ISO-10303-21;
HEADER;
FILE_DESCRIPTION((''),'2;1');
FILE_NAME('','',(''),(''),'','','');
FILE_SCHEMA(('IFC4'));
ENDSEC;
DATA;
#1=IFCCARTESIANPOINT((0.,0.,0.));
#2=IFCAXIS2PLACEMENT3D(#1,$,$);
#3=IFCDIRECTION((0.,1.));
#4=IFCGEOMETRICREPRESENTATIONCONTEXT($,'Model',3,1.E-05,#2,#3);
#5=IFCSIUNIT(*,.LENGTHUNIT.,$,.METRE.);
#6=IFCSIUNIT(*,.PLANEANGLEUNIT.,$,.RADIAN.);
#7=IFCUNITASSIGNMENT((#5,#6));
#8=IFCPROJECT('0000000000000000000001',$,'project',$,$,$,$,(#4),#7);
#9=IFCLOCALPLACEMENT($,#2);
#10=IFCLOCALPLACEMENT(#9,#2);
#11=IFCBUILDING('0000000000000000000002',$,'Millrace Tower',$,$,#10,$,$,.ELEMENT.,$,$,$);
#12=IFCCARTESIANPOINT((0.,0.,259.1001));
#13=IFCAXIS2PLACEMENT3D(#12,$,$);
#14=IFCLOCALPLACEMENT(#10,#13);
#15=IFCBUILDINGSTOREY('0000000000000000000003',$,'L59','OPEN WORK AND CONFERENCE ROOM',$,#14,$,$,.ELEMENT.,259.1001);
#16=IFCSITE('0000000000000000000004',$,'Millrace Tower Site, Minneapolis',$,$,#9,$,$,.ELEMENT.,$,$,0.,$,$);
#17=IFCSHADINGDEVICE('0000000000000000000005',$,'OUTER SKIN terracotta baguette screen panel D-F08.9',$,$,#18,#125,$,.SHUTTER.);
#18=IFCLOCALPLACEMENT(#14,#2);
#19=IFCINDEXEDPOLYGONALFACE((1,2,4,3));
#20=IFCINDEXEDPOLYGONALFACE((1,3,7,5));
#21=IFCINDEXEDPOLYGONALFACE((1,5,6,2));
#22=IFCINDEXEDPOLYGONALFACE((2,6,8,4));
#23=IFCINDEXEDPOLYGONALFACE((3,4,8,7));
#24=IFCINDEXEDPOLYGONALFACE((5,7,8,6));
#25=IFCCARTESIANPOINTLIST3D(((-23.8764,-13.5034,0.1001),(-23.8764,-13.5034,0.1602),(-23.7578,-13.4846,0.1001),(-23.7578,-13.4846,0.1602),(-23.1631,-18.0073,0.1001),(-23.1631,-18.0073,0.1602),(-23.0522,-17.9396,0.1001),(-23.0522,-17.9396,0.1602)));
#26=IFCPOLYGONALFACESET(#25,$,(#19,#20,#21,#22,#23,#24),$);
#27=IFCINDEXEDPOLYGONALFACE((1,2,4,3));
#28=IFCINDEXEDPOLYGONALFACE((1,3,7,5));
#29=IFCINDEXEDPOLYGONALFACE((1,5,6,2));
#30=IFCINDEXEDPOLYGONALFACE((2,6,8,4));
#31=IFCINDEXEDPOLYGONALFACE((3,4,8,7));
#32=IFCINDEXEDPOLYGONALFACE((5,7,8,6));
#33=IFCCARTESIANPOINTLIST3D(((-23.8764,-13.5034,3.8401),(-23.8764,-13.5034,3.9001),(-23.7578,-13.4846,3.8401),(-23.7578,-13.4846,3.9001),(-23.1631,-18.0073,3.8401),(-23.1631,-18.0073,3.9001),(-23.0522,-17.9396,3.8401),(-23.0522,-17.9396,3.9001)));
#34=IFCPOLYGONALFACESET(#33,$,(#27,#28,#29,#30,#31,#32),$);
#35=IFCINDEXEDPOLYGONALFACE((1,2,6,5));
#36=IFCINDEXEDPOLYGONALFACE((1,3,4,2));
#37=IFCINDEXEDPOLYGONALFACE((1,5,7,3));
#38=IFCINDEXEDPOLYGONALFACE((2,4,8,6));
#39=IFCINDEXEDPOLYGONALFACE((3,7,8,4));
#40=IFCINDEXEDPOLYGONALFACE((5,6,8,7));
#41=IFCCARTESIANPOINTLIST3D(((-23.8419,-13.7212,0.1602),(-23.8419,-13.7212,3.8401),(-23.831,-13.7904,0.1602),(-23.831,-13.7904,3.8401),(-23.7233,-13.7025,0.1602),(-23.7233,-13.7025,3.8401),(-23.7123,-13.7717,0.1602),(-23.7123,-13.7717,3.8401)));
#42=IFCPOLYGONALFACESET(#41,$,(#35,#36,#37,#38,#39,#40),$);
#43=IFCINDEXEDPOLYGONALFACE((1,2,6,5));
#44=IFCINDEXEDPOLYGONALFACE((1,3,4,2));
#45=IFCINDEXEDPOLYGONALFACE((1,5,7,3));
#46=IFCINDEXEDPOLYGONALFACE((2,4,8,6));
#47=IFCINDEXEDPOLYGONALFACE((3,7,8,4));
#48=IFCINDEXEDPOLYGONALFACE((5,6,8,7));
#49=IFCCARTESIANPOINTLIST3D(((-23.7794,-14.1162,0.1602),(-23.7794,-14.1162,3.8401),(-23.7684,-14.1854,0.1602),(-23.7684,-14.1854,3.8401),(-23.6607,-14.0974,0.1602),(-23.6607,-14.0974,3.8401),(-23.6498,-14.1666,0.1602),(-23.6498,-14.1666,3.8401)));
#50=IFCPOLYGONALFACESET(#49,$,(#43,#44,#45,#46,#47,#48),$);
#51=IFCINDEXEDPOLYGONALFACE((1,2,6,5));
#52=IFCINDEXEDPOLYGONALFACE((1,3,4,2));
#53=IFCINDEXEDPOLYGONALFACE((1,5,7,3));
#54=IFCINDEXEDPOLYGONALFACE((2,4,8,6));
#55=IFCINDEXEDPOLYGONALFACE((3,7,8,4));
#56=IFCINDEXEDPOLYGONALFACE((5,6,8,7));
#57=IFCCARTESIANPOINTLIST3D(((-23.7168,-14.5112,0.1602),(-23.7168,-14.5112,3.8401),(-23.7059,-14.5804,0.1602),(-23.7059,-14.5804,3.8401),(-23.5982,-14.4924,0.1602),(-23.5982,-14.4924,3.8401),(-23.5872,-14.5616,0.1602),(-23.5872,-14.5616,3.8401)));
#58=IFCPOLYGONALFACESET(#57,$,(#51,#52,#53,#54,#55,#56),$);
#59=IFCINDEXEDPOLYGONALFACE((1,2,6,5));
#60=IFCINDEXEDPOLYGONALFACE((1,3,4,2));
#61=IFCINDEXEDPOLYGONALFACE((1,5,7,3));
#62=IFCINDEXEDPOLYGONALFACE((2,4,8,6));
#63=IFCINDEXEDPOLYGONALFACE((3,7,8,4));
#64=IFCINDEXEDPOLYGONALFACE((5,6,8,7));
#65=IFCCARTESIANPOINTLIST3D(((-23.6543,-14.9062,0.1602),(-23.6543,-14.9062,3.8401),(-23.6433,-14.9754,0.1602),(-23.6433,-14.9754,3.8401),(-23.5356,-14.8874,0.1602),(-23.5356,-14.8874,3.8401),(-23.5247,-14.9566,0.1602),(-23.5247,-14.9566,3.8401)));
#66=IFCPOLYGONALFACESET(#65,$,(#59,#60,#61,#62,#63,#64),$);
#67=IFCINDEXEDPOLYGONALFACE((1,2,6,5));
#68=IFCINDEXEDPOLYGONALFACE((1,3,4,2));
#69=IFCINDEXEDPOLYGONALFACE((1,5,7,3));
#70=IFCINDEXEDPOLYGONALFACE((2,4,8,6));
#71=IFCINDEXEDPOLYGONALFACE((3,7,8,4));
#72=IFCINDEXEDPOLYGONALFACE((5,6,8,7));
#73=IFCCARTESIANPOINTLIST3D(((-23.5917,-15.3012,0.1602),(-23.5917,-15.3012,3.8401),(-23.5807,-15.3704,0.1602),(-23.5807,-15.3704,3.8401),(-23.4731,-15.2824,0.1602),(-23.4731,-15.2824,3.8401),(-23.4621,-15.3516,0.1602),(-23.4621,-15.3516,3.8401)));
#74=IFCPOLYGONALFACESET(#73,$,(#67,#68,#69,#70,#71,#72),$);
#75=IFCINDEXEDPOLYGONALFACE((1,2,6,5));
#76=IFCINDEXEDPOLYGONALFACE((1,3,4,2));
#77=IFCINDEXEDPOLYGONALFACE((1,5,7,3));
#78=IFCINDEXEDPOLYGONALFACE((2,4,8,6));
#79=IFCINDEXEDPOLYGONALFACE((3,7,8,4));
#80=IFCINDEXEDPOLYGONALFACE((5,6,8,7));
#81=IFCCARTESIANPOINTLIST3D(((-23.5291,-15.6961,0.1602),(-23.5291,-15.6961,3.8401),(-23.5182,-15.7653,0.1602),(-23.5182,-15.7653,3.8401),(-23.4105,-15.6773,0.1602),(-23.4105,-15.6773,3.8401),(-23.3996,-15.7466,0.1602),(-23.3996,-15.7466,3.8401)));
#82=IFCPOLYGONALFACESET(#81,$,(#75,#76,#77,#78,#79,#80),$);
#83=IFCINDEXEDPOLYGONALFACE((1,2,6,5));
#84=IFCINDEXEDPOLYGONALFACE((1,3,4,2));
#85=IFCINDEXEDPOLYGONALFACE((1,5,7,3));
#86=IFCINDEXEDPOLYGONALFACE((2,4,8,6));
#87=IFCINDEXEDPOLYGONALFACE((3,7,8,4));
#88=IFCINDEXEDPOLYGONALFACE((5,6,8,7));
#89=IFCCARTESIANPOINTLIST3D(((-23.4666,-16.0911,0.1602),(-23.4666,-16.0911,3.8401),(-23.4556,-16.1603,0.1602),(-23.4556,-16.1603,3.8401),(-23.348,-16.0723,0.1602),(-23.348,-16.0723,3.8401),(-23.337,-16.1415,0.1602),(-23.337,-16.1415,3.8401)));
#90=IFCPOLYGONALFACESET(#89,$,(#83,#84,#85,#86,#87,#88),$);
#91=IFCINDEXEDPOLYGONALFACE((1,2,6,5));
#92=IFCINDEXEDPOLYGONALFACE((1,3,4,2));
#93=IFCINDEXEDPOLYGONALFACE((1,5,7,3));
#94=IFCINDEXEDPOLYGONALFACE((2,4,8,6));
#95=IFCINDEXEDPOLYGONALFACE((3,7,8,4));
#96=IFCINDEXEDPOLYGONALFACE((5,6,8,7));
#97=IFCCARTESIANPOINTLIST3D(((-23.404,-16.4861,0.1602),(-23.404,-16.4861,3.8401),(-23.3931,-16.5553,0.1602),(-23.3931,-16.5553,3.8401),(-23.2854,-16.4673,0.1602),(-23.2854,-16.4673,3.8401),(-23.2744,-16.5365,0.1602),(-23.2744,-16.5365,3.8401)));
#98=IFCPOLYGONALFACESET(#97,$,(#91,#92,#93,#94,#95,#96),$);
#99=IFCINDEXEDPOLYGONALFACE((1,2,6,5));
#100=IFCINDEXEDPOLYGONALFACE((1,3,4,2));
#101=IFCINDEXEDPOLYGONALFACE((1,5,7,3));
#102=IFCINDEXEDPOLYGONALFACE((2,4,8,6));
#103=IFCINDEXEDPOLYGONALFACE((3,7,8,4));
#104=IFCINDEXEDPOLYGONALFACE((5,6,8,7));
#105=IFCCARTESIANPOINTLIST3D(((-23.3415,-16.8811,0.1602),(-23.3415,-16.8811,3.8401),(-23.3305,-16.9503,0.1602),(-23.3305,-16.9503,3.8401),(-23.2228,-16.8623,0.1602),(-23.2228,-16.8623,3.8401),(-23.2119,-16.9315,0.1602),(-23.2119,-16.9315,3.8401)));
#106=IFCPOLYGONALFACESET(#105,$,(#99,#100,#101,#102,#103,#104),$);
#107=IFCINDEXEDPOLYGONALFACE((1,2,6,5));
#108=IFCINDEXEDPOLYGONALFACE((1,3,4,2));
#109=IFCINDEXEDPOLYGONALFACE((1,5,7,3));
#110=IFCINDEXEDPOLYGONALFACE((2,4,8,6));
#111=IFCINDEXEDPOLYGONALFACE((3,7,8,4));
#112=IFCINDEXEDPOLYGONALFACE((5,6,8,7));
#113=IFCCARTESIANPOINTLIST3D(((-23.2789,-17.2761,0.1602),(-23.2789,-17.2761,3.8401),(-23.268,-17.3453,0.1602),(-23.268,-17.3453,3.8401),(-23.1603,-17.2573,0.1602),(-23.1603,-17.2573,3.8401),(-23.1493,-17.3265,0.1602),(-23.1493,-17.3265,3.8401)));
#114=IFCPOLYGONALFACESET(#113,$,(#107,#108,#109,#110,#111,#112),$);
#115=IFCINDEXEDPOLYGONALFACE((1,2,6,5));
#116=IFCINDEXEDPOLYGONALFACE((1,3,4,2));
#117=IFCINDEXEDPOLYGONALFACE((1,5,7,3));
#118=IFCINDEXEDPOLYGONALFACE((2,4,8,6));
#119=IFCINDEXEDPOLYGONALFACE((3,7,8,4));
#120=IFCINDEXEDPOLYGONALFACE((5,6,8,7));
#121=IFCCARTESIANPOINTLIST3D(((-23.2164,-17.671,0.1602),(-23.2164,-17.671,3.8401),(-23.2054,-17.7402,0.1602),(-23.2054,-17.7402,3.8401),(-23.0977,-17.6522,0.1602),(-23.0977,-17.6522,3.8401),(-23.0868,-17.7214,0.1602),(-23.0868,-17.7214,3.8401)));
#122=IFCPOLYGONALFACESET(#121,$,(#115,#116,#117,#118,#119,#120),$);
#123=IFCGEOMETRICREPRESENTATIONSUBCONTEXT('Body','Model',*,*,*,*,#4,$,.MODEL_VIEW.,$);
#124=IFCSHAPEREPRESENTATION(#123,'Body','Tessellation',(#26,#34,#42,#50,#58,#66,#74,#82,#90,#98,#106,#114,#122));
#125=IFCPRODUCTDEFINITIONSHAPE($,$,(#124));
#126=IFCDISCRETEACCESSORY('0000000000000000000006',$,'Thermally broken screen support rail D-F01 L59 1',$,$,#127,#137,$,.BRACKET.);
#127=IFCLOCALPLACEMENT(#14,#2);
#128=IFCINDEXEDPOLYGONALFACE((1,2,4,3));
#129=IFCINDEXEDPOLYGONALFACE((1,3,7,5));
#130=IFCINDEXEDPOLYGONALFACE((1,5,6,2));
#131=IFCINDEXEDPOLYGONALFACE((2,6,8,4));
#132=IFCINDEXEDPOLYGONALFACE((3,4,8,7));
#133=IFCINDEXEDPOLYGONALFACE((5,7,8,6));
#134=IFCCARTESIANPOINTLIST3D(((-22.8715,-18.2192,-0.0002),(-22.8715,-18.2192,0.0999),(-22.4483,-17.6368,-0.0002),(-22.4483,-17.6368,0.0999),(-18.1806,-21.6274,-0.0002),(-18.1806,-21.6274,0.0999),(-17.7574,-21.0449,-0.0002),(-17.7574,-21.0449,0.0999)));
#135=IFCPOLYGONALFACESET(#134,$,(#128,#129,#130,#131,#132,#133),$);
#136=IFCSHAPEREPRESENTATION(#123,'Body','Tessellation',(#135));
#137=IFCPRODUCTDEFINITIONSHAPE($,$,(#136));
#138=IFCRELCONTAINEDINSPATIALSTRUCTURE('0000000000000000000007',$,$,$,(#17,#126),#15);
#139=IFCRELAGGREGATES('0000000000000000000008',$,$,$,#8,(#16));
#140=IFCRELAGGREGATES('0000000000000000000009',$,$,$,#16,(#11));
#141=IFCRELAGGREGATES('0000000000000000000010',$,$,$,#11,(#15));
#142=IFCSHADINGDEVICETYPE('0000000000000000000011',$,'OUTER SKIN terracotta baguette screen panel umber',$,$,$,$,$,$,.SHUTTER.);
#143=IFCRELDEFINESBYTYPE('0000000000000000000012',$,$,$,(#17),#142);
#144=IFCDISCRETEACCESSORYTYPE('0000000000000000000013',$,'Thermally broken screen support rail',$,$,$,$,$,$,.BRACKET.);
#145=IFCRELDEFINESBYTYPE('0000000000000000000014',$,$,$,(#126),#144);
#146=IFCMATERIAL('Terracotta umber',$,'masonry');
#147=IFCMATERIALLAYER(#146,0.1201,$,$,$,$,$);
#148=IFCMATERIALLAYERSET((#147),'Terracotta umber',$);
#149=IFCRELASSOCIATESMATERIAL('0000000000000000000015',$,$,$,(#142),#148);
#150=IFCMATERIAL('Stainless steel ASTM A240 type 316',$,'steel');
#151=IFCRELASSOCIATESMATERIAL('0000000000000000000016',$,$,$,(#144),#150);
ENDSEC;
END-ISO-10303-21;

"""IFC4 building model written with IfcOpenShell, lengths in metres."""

from ifc_helpers import new_model, entity, si_unit, direction, frame, frame_2d, origin, origin_2d, place, context, subcontext, project, spatial, rectangle, extrude, source, transform, mapped, material, layer, layer_set, type_object, element, save


model = new_model("IFC4")

# Units and contexts
model_context = context("Model", 3, precision=1e-05, world=origin(), true_north=direction((0.0, 1.0)))
body_context = subcontext(model_context, "Body", "Model", "MODEL_VIEW")
ifc_project = project(units=[si_unit("LENGTHUNIT", "METRE"), si_unit("PLANEANGLEUNIT", "RADIAN")], contexts=[model_context])

# Site, building, storey
site_placement = place(None, origin())
site = spatial("IfcSite", under=ifc_project, at=site_placement, Name="Millrace Tower Site, Minneapolis", CompositionType="ELEMENT", RefElevation=0.0)
building_placement = place(site_placement, origin())
building = spatial("IfcBuilding", under=site, at=building_placement, Name="Millrace Tower", CompositionType="ELEMENT")
storey_placement = place(building_placement, frame((0.0, 0.0, 259.1001)))
storey = spatial("IfcBuildingStorey", under=building, at=storey_placement, Name="L59", Description="OPEN WORK AND CONFERENCE ROOM", CompositionType="ELEMENT", Elevation=259.1001)

# Shading device
ifc_material_1 = material(Name="Terracotta umber", Category="masonry")
ifc_layer_1 = layer(ifc_material_1, 0.1201)
ifc_layer_set_1 = layer_set([ifc_layer_1], Name="Terracotta umber")
shading_device_type = type_object("IfcShadingDeviceType", Name="OUTER SKIN terracotta baguette screen panel umber", PredefinedType="SHUTTER", material=ifc_layer_set_1)
cartesian_point_1 = entity("IfcCartesianPoint", [-2.2676, 0.0601])
shared_polyline_1 = entity("IfcPolyline", [cartesian_point_1, entity("IfcCartesianPoint", [2.2429, 0.0601]), entity("IfcCartesianPoint", [2.2925, -0.0601]), entity("IfcCartesianPoint", [-2.2676, -0.0601]), cartesian_point_1])
shared_shape_1 = source(origin(), body_context, "Body", "SweptSolid", [
    entity("IfcExtrudedAreaSolid", entity("IfcArbitraryClosedProfileDef", "AREA", None, shared_polyline_1), entity("IfcAxis2Placement3D", entity("IfcCartesianPoint", [0.0, 0.0, 0.0])), entity("IfcDirection", [0.0, 0.0, 1.0]), 0.0601),
    entity("IfcExtrudedAreaSolid", entity("IfcArbitraryClosedProfileDef", "AREA", None, shared_polyline_1), entity("IfcAxis2Placement3D", entity("IfcCartesianPoint", [0.0, 0.0, 3.74])), entity("IfcDirection", [0.0, 0.0, 1.0]), 0.0601),
    extrude(rectangle(XDim=0.0701, YDim=0.1201, at=frame_2d((-2.012, 0.0))), frame((0.0, 0.0, 0.0601)), (0.0, 0.0, 1.0), 3.6799),
    extrude(rectangle(XDim=0.0701, YDim=0.1201, at=frame_2d((-1.6121, 0.0))), frame((0.0, 0.0, 0.0601)), (0.0, 0.0, 1.0), 3.6799),
    extrude(rectangle(XDim=0.0701, YDim=0.1201, at=frame_2d((-1.2122, 0.0))), frame((0.0, 0.0, 0.0601)), (0.0, 0.0, 1.0), 3.6799),
    extrude(rectangle(XDim=0.0701, YDim=0.1201, at=frame_2d((-0.8123, 0.0))), frame((0.0, 0.0, 0.0601)), (0.0, 0.0, 1.0), 3.6799),
    extrude(rectangle(XDim=0.0701, YDim=0.1201, at=frame_2d((-0.4124, 0.0))), frame((0.0, 0.0, 0.0601)), (0.0, 0.0, 1.0), 3.6799),
    extrude(rectangle(XDim=0.0701, YDim=0.1201, at=frame_2d((-0.0125, 0.0))), frame((0.0, 0.0, 0.0601)), (0.0, 0.0, 1.0), 3.6799),
    extrude(rectangle(XDim=0.0701, YDim=0.1201, at=frame_2d((0.3875, 0.0))), frame((0.0, 0.0, 0.0601)), (0.0, 0.0, 1.0), 3.6799),
    extrude(rectangle(XDim=0.0701, YDim=0.1201, at=frame_2d((0.7874, 0.0))), frame((0.0, 0.0, 0.0601)), (0.0, 0.0, 1.0), 3.6799),
    extrude(rectangle(XDim=0.0701, YDim=0.1201, at=frame_2d((1.1873, 0.0))), frame((0.0, 0.0, 0.0601)), (0.0, 0.0, 1.0), 3.6799),
    extrude(rectangle(XDim=0.0701, YDim=0.1201, at=frame_2d((1.5872, 0.0))), frame((0.0, 0.0, 0.0601)), (0.0, 0.0, 1.0), 3.6799),
    extrude(rectangle(XDim=0.0701, YDim=0.1201, at=frame_2d((1.9871, 0.0))), frame((0.0, 0.0, 0.0601)), (0.0, 0.0, 1.0), 3.6799),
])
shading_device_1_placement = place(storey_placement, frame((-23.4624, -15.7336, 0.1001), z_axis=(0.0, 0.0, 1.0), x_axis=(0.156434, -0.987688, 0.0)))
element("IfcShadingDevice", 1, at=shading_device_1_placement, inside=storey, type_object=shading_device_type, Name="OUTER SKIN terracotta baguette screen panel D-F08.9", PredefinedType="SHUTTER", context=body_context, shape_type="MappedRepresentation", body=[
    mapped(shared_shape_1, transform((0.0, 0.0, 0.0), scale=1.0)),
])

# Discrete accessory
ifc_material_2 = material(Name="Stainless steel ASTM A240 type 316", Category="steel")
discrete_accessory_type = type_object("IfcDiscreteAccessoryType", Name="Thermally broken screen support rail", PredefinedType="BRACKET", material=ifc_material_2)
discrete_accessory_placement = place(storey_placement, frame((-20.3145, -19.6321, -0.0002), z_axis=(0.0, 0.0, 1.0), x_axis=(0.809017, -0.587785, 0.0)))
element("IfcDiscreteAccessory", 2, at=discrete_accessory_placement, inside=storey, type_object=discrete_accessory_type, Name="Thermally broken screen support rail D-F01 L59 1", PredefinedType="BRACKET", context=body_context, shape_type="SweptSolid", body=[
    extrude(rectangle(XDim=5.7983, YDim=0.72, at=origin_2d()), origin(), (0.0, 0.0, 1.0), 0.1001),
])

save(model, "model.ifc")
